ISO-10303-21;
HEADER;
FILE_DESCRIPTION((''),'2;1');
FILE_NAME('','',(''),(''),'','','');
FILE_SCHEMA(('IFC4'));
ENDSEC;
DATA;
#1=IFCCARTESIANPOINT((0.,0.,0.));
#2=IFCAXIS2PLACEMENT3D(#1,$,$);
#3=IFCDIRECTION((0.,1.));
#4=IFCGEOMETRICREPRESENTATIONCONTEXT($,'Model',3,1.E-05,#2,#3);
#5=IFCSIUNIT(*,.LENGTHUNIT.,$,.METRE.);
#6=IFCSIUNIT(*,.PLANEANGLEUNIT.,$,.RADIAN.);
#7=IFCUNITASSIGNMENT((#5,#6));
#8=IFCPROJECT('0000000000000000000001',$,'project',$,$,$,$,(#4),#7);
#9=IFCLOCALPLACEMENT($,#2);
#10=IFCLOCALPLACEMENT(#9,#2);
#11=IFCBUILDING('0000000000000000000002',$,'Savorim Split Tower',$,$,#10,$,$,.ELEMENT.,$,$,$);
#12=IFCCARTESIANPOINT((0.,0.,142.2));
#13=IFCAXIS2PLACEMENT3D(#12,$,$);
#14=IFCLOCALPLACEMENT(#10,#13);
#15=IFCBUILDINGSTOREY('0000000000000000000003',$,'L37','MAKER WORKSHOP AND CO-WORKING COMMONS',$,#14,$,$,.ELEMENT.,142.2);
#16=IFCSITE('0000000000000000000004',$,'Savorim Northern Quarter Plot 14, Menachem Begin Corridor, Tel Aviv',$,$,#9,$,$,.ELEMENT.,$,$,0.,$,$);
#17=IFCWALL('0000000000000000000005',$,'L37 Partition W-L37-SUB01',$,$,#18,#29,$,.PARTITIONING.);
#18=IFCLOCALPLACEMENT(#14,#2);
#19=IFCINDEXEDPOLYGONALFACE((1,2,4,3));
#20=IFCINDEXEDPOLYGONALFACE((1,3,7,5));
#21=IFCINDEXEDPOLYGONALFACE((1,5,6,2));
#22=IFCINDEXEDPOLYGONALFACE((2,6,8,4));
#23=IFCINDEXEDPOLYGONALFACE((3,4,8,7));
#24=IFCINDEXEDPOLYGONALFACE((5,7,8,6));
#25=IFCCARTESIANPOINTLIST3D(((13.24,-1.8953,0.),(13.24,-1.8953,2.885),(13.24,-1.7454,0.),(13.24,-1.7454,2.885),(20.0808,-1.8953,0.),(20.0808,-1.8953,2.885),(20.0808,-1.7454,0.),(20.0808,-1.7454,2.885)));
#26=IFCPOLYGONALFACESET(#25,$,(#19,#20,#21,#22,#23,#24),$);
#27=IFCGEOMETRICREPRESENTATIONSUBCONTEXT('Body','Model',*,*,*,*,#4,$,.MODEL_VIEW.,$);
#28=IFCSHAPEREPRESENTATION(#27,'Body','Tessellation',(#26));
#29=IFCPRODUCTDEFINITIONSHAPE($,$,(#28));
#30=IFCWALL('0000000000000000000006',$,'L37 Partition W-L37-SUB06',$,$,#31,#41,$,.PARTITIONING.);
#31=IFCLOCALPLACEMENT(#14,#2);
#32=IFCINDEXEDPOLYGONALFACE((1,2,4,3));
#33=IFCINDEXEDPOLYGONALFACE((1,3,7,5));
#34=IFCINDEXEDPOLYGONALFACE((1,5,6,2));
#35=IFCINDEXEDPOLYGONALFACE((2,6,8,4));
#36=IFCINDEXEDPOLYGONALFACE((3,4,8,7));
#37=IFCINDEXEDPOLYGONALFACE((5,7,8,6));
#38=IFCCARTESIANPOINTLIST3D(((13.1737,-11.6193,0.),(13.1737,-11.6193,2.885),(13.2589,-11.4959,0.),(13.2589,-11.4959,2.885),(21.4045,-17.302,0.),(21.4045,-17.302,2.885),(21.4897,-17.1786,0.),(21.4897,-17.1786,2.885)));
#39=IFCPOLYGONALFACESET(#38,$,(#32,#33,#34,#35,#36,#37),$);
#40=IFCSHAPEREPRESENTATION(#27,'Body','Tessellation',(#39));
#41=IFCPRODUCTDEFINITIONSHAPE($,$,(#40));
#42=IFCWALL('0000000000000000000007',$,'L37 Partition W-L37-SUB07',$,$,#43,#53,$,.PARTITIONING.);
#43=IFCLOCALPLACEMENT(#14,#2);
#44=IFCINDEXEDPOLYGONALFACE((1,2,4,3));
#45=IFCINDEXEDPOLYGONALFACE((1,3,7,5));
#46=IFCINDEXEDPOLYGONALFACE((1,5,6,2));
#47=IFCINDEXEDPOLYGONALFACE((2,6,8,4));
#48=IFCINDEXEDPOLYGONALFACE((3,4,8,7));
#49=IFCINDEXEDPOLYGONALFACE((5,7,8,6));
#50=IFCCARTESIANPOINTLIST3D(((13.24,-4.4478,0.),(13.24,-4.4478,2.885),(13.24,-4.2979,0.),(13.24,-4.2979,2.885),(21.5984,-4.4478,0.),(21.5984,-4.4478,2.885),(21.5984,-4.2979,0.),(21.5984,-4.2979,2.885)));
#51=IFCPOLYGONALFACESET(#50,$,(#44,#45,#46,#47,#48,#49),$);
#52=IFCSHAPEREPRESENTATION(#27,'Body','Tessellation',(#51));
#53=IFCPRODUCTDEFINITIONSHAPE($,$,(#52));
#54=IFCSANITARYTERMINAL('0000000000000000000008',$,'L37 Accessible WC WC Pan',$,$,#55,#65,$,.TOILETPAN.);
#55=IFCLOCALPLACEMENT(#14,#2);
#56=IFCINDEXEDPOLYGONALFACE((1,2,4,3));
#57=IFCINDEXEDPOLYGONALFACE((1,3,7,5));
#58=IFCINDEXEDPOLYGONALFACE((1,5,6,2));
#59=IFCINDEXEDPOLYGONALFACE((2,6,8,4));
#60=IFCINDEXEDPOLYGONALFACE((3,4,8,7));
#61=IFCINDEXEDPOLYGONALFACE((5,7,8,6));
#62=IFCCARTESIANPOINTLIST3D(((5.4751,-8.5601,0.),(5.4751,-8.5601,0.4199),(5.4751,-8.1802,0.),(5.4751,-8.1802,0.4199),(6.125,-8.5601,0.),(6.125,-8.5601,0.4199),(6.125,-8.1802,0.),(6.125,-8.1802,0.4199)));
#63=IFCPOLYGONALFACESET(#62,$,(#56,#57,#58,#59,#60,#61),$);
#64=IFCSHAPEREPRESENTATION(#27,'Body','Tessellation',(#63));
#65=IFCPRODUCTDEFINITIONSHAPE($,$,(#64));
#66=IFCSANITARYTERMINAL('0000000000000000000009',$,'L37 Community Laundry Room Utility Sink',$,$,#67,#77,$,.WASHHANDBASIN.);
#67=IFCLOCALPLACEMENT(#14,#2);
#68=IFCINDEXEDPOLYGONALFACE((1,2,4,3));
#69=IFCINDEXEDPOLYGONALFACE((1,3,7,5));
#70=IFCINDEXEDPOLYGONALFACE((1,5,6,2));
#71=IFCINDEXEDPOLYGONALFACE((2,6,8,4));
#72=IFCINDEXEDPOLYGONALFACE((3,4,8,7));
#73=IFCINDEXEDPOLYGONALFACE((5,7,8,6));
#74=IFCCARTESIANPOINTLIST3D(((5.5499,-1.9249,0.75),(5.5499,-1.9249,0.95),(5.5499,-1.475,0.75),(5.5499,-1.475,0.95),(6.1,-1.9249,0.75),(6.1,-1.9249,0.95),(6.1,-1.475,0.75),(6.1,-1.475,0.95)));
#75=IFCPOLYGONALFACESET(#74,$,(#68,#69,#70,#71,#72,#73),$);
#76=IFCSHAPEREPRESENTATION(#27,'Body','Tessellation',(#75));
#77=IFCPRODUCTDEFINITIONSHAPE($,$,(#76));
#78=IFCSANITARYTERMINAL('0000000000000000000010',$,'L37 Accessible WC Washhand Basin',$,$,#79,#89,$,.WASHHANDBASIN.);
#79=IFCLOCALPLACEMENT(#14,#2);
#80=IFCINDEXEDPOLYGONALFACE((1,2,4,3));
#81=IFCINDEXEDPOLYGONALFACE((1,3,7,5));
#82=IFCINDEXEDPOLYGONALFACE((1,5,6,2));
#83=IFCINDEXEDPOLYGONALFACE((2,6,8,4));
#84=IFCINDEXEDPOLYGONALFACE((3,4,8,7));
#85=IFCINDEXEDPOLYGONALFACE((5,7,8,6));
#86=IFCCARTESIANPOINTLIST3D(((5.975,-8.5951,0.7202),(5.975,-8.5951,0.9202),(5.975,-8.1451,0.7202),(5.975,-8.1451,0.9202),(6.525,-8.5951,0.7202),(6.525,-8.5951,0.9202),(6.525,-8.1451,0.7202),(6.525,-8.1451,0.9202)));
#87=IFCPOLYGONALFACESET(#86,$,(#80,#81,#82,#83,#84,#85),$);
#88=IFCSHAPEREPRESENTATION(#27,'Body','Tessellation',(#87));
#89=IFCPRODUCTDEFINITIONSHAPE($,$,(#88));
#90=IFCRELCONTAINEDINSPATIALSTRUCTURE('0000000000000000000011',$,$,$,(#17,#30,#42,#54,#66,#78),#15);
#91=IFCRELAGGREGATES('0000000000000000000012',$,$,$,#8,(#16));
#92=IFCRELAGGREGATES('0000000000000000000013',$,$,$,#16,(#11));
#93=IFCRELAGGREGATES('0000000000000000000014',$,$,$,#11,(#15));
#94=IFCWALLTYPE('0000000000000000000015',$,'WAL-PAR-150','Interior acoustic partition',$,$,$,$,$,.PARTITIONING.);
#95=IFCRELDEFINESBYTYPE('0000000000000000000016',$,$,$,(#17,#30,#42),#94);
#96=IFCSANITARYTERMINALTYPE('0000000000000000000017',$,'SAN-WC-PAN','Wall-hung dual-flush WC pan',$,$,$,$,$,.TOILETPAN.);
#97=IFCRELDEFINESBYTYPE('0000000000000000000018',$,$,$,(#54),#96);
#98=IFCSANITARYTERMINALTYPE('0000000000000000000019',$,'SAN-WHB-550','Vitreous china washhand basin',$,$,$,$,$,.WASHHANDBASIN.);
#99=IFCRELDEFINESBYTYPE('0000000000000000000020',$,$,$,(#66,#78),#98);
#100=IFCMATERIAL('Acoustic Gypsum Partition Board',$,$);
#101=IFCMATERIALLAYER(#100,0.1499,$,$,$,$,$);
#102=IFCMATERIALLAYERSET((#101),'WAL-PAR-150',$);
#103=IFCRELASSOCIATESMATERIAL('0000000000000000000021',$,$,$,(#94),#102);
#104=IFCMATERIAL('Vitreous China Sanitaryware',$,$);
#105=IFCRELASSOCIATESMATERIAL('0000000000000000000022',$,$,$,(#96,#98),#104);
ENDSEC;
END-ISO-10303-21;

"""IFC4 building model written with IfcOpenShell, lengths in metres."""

from ifc_helpers import new_model, si_unit, direction, frame, frame_2d, origin, origin_2d, place, context, subcontext, project, spatial, rectangle, extrude, material, layer, layer_set, type_object, element, save


model = new_model("IFC4")

# Units and contexts
model_context = context("Model", 3, precision=1e-05, world=origin(), true_north=direction((0.0, 1.0)))
body_context = subcontext(model_context, "Body", "Model", "MODEL_VIEW")
ifc_project = project(units=[si_unit("LENGTHUNIT", "METRE"), si_unit("PLANEANGLEUNIT", "RADIAN")], contexts=[model_context])

# Site, building, storey
site_placement = place(None, origin())
site = spatial("IfcSite", under=ifc_project, at=site_placement, Name="Savorim Northern Quarter Plot 14, Menachem Begin Corridor, Tel Aviv", CompositionType="ELEMENT", RefElevation=0.0)
building_placement = place(site_placement, origin())
building = spatial("IfcBuilding", under=site, at=building_placement, Name="Savorim Split Tower", CompositionType="ELEMENT")
storey_placement = place(building_placement, frame((0.0, 0.0, 142.2)))
storey = spatial("IfcBuildingStorey", under=building, at=storey_placement, Name="L37", Description="MAKER WORKSHOP AND CO-WORKING COMMONS", CompositionType="ELEMENT", Elevation=142.2)

# Shared definitions
ifc_material_1 = material(Name="Acoustic Gypsum Partition Board")
ifc_layer_1 = layer(ifc_material_1, 0.1499)
ifc_layer_set_1 = layer_set([ifc_layer_1], Name="WAL-PAR-150")
wall_type_1 = type_object("IfcWallType", Name="WAL-PAR-150", Description="Interior acoustic partition", PredefinedType="PARTITIONING", material=ifc_layer_set_1)

# Walls
wall_1_placement = place(storey_placement, frame((13.24, -1.8203, 0.0), z_axis=(0.0, 0.0, 1.0), x_axis=(1.0, 0.0, 0.0)))
element("IfcWall", 1, at=wall_1_placement, inside=storey, type_object=wall_type_1, Name="L37 Partition W-L37-SUB01", PredefinedType="PARTITIONING", context=body_context, shape_type="SweptSolid", body=[
    extrude(rectangle(XDim=6.8408, YDim=0.1499, at=frame_2d((3.4204, 0.0))), origin(), (0.0, 0.0, 1.0), 2.885),
])
wall_2_placement = place(storey_placement, frame((13.2163, -11.5576, 0.0), z_axis=(0.0, 0.0, 1.0), x_axis=(0.82292, -0.568157, 0.0)))
element("IfcWall", 2, at=wall_2_placement, inside=storey, type_object=wall_type_1, Name="L37 Partition W-L37-SUB06", PredefinedType="PARTITIONING", context=body_context, shape_type="SweptSolid", body=[
    extrude(rectangle(XDim=10.002, YDim=0.1499, at=frame_2d((5.001, 0.0))), origin(), (0.0, 0.0, 1.0), 2.885),
])
wall_3_placement = place(storey_placement, frame((13.24, -4.3728, 0.0), z_axis=(0.0, 0.0, 1.0), x_axis=(1.0, 0.0, 0.0)))
element("IfcWall", 3, at=wall_3_placement, inside=storey, type_object=wall_type_1, Name="L37 Partition W-L37-SUB07", PredefinedType="PARTITIONING", context=body_context, shape_type="SweptSolid", body=[
    extrude(rectangle(XDim=8.3584, YDim=0.1499, at=frame_2d((4.1792, 0.0))), origin(), (0.0, 0.0, 1.0), 2.885),
])

# Sanitary terminals
ifc_material_2 = material(Name="Vitreous China Sanitaryware")
sanitary_terminal_type_1 = type_object("IfcSanitaryTerminalType", Name="SAN-WC-PAN", Description="Wall-hung dual-flush WC pan", PredefinedType="TOILETPAN", material=ifc_material_2)
sanitary_terminal_placement = place(storey_placement, frame((5.8, -8.3701, 0.0), z_axis=(0.0, 0.0, 1.0), x_axis=(1.0, 0.0, 0.0)))
element("IfcSanitaryTerminal", 4, at=sanitary_terminal_placement, inside=storey, type_object=sanitary_terminal_type_1, Name="L37 Accessible WC WC Pan", PredefinedType="TOILETPAN", context=body_context, shape_type="SweptSolid", body=[
    extrude(rectangle(XDim=0.6499, YDim=0.3799, at=origin_2d()), origin(), (0.0, 0.0, 1.0), 0.4199),
])
sanitary_terminal_type_2 = type_object("IfcSanitaryTerminalType", Name="SAN-WHB-550", Description="Vitreous china washhand basin", PredefinedType="WASHHANDBASIN", material=ifc_material_2)
for number, where, z_axis, x_axis, name in (
    (5, (5.825, -1.7, 0.75), (0.0, 0.0, 1.0), (1.0, 0.0, 0.0), "L37 Community Laundry Room Utility Sink"),
    (6, (6.25, -8.3701, 0.7202), (0.0, 0.0, 1.0), (1.0, 0.0, 0.0), "L37 Accessible WC Washhand Basin"),
):
    element("IfcSanitaryTerminal", number, at=place(storey_placement, frame(where, z_axis=z_axis, x_axis=x_axis)), inside=storey, type_object=sanitary_terminal_type_2, Name=name, PredefinedType="WASHHANDBASIN", context=body_context, shape_type="SweptSolid", body=[
        extrude(rectangle(XDim=0.55, YDim=0.45, at=origin_2d()), origin(), (0.0, 0.0, 1.0), 0.2),
    ])

save(model, "model.ifc")
